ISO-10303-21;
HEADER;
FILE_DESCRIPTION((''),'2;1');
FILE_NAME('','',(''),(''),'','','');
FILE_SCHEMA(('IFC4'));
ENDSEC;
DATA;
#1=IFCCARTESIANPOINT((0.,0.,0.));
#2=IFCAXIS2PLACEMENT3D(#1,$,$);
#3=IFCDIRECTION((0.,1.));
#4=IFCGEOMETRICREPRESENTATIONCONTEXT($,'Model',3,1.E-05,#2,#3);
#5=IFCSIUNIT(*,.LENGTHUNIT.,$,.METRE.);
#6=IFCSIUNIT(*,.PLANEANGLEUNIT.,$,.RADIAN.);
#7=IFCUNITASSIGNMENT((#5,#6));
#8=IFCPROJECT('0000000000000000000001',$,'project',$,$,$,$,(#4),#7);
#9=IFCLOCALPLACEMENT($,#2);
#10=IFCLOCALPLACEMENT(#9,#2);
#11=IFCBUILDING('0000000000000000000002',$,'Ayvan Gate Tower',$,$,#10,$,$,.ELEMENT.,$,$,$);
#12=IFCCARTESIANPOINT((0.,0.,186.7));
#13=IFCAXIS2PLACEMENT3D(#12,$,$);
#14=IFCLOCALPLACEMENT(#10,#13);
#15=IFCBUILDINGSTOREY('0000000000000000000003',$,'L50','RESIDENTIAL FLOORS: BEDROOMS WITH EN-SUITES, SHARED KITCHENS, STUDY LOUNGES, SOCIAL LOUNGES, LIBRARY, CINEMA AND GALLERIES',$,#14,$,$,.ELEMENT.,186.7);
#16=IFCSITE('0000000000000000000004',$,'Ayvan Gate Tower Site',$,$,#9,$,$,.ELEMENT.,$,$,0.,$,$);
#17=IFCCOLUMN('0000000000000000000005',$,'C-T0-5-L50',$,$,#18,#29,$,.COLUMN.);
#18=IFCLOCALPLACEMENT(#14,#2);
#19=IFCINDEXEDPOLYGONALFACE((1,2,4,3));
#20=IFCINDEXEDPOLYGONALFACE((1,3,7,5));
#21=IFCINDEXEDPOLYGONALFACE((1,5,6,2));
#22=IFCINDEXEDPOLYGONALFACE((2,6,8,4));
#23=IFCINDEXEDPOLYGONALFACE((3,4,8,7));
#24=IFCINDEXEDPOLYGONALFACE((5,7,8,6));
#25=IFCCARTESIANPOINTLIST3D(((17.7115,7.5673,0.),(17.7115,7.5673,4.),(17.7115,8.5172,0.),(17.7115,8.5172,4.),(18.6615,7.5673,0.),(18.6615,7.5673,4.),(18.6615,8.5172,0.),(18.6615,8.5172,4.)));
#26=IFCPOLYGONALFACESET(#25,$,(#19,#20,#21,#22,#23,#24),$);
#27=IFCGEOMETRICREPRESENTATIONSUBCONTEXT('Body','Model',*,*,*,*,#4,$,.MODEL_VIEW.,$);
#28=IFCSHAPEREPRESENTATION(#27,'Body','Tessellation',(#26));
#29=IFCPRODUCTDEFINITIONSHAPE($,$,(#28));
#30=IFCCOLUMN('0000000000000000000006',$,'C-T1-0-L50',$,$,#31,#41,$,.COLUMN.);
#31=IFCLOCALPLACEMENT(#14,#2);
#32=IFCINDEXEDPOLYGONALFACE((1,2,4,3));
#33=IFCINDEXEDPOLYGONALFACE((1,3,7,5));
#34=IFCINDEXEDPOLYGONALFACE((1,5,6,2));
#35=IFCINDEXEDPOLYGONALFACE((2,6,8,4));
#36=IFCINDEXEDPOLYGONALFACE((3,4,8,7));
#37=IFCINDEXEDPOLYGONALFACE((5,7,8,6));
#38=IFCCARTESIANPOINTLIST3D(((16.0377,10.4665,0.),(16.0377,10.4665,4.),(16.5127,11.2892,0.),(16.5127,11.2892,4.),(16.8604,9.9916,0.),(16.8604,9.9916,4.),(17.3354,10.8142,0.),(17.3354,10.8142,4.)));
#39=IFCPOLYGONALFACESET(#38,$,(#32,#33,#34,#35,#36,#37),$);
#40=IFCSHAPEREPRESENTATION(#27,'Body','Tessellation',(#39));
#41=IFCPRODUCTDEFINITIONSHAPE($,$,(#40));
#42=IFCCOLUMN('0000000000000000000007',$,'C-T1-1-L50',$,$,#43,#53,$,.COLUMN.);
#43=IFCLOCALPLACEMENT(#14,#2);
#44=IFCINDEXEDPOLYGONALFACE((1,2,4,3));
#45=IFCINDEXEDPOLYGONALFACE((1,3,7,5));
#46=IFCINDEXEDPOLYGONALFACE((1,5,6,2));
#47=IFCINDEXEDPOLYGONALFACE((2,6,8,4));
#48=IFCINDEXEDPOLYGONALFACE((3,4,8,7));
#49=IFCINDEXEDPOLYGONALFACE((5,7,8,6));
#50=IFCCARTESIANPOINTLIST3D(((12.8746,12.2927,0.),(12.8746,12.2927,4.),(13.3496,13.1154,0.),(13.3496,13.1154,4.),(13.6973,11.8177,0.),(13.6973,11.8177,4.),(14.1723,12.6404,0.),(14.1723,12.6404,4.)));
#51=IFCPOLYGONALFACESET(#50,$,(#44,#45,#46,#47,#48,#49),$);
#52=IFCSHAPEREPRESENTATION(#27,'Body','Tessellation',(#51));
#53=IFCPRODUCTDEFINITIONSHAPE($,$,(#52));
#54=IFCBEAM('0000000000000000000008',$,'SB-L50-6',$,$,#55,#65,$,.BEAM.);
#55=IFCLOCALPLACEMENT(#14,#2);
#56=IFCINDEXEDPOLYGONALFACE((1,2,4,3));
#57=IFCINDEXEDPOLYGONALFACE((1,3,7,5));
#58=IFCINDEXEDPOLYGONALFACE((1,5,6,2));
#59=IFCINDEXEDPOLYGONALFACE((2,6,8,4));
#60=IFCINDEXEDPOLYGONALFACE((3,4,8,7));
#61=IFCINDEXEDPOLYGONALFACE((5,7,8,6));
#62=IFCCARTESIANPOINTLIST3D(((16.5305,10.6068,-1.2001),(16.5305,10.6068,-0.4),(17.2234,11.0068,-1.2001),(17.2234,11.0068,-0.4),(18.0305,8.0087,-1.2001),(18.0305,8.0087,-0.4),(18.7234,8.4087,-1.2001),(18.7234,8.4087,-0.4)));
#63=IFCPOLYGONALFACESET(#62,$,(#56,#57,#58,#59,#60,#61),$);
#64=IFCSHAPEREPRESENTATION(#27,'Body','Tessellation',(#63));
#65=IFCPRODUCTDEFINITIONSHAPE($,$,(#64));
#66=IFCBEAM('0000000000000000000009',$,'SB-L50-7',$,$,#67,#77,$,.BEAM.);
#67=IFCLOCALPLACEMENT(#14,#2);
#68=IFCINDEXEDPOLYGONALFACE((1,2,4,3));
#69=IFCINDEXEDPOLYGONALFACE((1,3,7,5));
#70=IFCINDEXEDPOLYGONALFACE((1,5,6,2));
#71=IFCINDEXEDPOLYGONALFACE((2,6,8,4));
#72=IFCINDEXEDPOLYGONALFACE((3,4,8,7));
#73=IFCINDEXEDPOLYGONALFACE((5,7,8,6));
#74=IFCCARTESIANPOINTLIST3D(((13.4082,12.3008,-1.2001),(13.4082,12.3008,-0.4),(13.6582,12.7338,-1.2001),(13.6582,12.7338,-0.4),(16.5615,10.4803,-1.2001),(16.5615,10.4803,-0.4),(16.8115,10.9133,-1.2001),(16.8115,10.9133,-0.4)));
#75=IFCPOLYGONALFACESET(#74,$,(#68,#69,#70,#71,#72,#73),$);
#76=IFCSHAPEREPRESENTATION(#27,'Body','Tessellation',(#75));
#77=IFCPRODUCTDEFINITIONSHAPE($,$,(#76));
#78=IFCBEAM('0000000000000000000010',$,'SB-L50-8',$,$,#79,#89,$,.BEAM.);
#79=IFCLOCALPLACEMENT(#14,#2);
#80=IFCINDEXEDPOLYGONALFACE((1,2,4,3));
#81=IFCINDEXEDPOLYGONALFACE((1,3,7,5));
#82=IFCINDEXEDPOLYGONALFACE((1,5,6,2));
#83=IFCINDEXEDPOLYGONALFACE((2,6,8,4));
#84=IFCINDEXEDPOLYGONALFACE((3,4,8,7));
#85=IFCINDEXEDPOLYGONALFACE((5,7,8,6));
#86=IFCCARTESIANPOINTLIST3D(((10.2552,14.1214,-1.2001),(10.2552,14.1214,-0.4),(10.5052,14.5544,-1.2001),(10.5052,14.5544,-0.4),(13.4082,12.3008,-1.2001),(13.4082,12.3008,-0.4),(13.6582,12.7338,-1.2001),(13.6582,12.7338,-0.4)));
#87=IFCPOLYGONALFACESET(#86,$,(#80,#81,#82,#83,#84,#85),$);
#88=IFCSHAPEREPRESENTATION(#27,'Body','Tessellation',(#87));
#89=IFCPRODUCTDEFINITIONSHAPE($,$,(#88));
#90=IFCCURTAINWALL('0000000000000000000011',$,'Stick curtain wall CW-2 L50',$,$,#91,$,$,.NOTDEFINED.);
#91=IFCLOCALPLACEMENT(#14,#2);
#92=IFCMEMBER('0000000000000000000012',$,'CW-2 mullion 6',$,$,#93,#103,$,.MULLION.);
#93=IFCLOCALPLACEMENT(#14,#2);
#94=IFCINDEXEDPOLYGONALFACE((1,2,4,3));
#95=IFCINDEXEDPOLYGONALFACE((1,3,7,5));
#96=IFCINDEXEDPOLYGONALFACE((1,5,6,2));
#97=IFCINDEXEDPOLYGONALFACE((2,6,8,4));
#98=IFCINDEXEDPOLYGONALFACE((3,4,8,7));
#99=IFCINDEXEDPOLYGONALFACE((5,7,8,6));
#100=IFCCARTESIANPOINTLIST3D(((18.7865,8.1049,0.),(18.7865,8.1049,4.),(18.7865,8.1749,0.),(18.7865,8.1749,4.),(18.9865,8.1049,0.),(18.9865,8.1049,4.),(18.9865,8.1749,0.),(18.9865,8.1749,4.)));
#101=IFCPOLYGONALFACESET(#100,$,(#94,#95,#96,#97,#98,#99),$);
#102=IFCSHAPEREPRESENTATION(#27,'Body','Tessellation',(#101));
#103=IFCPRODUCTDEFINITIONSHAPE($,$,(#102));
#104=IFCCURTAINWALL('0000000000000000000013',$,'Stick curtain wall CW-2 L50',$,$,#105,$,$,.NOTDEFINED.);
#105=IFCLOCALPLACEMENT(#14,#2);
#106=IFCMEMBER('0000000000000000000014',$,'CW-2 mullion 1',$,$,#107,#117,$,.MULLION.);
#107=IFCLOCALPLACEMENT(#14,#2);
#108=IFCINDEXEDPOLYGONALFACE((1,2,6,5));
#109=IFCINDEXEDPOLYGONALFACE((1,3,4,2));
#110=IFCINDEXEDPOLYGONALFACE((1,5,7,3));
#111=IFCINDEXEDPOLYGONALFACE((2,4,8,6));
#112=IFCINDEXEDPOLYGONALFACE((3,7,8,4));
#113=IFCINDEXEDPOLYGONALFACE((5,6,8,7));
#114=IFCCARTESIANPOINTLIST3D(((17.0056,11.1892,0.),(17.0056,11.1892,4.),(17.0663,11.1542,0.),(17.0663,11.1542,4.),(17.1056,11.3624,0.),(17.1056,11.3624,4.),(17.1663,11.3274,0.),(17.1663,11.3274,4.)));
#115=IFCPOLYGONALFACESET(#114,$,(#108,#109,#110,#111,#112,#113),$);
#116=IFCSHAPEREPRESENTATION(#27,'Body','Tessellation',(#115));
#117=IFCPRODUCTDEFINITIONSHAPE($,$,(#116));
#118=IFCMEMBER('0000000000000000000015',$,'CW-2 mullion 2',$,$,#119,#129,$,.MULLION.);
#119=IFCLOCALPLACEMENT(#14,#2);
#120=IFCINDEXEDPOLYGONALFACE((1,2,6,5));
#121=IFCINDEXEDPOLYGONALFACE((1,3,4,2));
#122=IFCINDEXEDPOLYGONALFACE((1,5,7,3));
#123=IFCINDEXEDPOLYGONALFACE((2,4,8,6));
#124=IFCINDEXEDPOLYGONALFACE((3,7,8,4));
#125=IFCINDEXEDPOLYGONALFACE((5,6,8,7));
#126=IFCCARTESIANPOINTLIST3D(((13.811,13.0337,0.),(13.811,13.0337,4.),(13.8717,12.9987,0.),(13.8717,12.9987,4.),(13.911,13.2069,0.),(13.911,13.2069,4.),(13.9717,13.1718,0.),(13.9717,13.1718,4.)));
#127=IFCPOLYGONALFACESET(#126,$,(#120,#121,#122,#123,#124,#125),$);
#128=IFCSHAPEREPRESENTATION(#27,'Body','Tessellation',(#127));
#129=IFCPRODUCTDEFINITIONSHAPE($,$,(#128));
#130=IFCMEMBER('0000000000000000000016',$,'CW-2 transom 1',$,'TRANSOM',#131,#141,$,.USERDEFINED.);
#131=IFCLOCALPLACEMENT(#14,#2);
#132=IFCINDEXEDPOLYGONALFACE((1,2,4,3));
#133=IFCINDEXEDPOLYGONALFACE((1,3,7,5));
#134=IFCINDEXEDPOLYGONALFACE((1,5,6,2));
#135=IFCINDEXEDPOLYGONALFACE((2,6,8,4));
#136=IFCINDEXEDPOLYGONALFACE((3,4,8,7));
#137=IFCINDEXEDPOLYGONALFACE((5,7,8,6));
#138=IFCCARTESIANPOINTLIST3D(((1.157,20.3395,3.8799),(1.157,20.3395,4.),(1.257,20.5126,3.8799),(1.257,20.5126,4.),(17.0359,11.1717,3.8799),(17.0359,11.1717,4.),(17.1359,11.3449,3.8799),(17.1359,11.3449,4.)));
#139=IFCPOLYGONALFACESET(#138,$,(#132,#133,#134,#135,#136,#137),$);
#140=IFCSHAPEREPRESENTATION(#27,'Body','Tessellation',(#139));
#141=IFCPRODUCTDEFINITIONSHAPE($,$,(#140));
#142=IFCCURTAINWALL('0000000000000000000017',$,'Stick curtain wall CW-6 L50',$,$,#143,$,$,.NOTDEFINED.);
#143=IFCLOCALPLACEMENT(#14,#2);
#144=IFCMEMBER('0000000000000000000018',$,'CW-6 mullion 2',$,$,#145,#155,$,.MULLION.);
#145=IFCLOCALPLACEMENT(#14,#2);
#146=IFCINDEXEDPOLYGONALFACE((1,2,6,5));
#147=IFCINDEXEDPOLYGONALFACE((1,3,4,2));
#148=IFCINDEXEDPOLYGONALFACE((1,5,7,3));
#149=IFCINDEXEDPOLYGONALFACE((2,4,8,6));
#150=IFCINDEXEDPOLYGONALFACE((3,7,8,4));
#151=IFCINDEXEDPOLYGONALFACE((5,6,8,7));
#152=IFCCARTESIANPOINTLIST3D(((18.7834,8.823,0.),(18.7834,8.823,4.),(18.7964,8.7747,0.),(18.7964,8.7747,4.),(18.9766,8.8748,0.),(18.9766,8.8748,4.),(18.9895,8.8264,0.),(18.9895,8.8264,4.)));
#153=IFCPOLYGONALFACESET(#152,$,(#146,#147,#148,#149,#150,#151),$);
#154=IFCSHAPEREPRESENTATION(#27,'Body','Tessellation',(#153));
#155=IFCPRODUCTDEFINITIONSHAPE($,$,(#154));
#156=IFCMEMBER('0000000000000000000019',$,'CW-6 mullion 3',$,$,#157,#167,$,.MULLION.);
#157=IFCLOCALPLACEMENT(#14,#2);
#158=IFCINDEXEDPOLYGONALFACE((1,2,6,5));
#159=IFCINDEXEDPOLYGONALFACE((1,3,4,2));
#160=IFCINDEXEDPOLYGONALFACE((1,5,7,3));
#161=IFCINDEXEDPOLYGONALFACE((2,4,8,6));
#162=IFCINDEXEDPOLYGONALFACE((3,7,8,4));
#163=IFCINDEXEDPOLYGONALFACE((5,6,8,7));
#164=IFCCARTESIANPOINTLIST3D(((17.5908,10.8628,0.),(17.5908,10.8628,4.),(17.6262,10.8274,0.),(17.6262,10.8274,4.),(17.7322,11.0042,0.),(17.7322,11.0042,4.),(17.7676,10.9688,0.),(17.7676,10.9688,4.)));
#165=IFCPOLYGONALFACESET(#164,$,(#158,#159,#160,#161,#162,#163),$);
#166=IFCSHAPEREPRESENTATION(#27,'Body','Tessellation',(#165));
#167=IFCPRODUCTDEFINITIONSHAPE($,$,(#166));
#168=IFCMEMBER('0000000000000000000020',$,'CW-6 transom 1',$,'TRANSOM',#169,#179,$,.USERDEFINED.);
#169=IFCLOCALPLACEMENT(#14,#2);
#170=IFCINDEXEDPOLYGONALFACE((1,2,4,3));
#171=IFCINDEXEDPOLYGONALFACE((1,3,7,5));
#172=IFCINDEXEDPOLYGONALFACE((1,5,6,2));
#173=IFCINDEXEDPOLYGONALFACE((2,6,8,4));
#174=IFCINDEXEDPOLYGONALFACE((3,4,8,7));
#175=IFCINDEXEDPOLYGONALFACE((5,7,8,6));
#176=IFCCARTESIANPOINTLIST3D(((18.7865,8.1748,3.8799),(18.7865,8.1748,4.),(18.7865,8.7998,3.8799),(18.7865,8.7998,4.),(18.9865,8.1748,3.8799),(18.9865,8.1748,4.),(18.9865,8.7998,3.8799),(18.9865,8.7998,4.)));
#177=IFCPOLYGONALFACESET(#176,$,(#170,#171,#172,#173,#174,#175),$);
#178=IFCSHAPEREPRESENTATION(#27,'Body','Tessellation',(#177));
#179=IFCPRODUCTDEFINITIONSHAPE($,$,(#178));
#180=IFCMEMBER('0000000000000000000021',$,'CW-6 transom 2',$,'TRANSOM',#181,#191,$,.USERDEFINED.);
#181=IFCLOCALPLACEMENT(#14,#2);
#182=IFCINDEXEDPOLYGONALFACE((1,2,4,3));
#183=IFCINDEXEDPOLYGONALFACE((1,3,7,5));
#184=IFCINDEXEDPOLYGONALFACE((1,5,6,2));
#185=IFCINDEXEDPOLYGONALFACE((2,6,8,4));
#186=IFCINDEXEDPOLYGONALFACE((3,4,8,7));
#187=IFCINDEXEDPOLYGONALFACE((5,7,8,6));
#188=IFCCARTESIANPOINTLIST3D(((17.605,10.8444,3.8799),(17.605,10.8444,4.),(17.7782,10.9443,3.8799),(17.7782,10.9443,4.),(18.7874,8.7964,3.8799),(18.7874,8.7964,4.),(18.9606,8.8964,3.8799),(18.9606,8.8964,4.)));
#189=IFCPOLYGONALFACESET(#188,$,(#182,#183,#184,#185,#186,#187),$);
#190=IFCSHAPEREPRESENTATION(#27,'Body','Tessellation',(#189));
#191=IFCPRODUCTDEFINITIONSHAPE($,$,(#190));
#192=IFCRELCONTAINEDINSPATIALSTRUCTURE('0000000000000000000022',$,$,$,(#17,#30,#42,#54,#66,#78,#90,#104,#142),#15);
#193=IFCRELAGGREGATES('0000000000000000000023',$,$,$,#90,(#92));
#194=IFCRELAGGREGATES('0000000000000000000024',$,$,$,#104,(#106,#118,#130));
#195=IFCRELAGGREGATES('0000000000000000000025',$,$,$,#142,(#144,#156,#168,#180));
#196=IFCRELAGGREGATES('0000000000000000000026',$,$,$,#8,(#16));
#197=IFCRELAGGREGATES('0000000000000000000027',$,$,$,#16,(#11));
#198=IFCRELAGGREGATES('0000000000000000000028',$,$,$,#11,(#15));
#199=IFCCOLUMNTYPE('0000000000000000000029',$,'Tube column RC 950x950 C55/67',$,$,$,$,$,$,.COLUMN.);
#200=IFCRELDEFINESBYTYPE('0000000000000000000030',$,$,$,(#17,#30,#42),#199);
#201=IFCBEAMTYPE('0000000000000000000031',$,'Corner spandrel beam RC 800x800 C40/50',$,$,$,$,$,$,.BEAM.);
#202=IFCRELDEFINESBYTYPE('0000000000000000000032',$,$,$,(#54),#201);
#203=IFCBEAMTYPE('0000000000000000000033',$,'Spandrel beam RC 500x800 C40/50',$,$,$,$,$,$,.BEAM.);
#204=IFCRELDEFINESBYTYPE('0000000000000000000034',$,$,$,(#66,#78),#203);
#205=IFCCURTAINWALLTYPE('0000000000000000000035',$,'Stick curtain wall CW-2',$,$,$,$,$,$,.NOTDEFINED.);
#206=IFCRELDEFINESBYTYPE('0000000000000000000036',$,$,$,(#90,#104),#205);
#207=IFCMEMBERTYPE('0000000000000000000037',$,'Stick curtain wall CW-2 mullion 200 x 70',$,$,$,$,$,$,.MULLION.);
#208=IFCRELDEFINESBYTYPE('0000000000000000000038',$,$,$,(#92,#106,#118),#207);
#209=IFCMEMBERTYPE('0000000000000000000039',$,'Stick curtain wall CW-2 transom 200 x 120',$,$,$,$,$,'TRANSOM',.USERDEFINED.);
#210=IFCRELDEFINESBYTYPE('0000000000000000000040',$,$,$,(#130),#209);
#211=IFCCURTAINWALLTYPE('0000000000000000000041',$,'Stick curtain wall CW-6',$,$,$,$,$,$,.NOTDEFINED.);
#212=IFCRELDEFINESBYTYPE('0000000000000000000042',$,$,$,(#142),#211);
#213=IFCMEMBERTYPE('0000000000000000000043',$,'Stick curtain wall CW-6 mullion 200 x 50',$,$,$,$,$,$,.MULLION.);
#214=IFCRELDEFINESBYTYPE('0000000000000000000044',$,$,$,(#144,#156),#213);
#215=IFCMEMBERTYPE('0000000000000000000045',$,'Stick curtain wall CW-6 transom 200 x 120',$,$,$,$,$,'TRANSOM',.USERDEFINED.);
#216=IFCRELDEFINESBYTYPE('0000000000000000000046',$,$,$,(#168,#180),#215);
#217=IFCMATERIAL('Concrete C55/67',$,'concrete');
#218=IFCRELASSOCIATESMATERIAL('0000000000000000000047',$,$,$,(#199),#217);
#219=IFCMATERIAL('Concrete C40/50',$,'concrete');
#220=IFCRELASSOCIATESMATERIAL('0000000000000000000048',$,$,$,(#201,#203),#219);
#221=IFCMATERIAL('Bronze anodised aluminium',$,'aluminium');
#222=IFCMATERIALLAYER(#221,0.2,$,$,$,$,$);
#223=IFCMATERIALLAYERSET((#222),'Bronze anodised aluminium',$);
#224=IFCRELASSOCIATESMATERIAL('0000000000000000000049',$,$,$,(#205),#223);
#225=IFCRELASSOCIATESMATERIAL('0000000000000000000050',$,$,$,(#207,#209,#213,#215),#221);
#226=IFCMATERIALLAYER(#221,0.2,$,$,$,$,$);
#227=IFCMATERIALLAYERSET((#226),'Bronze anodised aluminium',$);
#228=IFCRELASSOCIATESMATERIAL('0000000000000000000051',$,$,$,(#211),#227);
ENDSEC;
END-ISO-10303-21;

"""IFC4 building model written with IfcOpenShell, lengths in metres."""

from ifc_helpers import new_model, si_unit, direction, frame, origin, origin_2d, place, context, subcontext, project, spatial, rectangle, extrude, material, layer, layer_set, material_profile, profile_set, type_object, element, aggregate, save


model = new_model("IFC4")

# Units and contexts
model_context = context("Model", 3, precision=1e-05, world=origin(), true_north=direction((0.0, 1.0)))
body_context = subcontext(model_context, "Body", "Model", "MODEL_VIEW")
ifc_project = project(units=[si_unit("LENGTHUNIT", "METRE"), si_unit("PLANEANGLEUNIT", "RADIAN")], contexts=[model_context])

# Site, building, storey
site_placement = place(None, origin())
site = spatial("IfcSite", under=ifc_project, at=site_placement, Name="Ayvan Gate Tower Site", CompositionType="ELEMENT", RefElevation=0.0)
building_placement = place(site_placement, origin())
building = spatial("IfcBuilding", under=site, at=building_placement, Name="Ayvan Gate Tower", CompositionType="ELEMENT")
storey_placement = place(building_placement, frame((0.0, 0.0, 186.7)))
storey = spatial("IfcBuildingStorey", under=building, at=storey_placement, Name="L50", Description="RESIDENTIAL FLOORS: BEDROOMS WITH EN-SUITES, SHARED KITCHENS, STUDY LOUNGES, SOCIAL LOUNGES, LIBRARY, CINEMA AND GALLERIES", CompositionType="ELEMENT", Elevation=186.7)

# Columns
ifc_material_1 = material(Name="Concrete C55/67", Category="concrete")
ifc_material_profile_1 = material_profile(ifc_material_1, rectangle(XDim=0.95, YDim=0.95, at=origin_2d()), Name="RC 950x950")
ifc_profile_set_1 = profile_set([ifc_material_profile_1], Name="Concrete C55/67")
column_type = type_object("IfcColumnType", Name="Tube column RC 950x950 C55/67", PredefinedType="COLUMN", material=ifc_profile_set_1)
for number, where, z_axis, x_axis, name in (
    (1, (18.1865, 8.0422, 0.0), (0.0, 0.0, 1.0), (1.0, 0.0, 0.0), "C-T0-5-L50"),
    (2, (16.6865, 10.6404, 0.0), (0.0, 0.0, 1.0), (0.5, 0.866025, 0.0), "C-T1-0-L50"),
    (3, (13.5234, 12.4666, 0.0), (0.0, 0.0, 1.0), (0.5, 0.866025, 0.0), "C-T1-1-L50"),
):
    element("IfcColumn", number, at=place(storey_placement, frame(where, z_axis=z_axis, x_axis=x_axis)), inside=storey, type_object=column_type, Name=name, PredefinedType="COLUMN", context=body_context, shape_type="SweptSolid", body=[
        extrude(rectangle(XDim=0.95, YDim=0.95, at=origin_2d()), origin(), (0.0, 0.0, 1.0), 4.0),
    ])

# Beams
ifc_material_2 = material(Name="Concrete C40/50", Category="concrete")
ifc_material_profile_2 = material_profile(ifc_material_2, rectangle(XDim=0.8, YDim=0.8, at=origin_2d()), Name="RC 800x800")
ifc_profile_set_2 = profile_set([ifc_material_profile_2], Name="Concrete C40/50")
beam_type_1 = type_object("IfcBeamType", Name="Corner spandrel beam RC 800x800 C40/50", PredefinedType="BEAM", material=ifc_profile_set_2)
beam_1_placement = place(storey_placement, frame((18.377, 8.2087, -0.8), z_axis=(-0.49999, 0.866031, 0.0), x_axis=(-0.866031, -0.49999, 0.0)))
element("IfcBeam", 4, at=beam_1_placement, inside=storey, type_object=beam_type_1, Name="SB-L50-6", PredefinedType="BEAM", context=body_context, shape_type="SweptSolid", body=[
    extrude(rectangle(XDim=0.8, YDim=0.8, at=origin_2d()), origin(), (0.0, 0.0, 1.0), 3.0),
])
ifc_material_profile_3 = material_profile(ifc_material_2, rectangle(XDim=0.5, YDim=0.8, at=origin_2d()), Name="RC 500x800")
ifc_profile_set_3 = profile_set([ifc_material_profile_3], Name="Concrete C40/50")
beam_type_2 = type_object("IfcBeamType", Name="Spandrel beam RC 500x800 C40/50", PredefinedType="BEAM", material=ifc_profile_set_3)
beam_2_placement = place(storey_placement, frame((16.6865, 10.6968, -0.8), z_axis=(-0.866027, 0.499997, 0.0), x_axis=(-0.499997, -0.866027, 0.0)))
element("IfcBeam", 5, at=beam_2_placement, inside=storey, type_object=beam_type_2, Name="SB-L50-7", PredefinedType="BEAM", context=body_context, shape_type="SweptSolid", body=[
    extrude(rectangle(XDim=0.5, YDim=0.8, at=origin_2d()), origin(), (0.0, 0.0, 1.0), 3.6411),
])
beam_3_placement = place(storey_placement, frame((13.5332, 12.5173, -0.8), z_axis=(-0.86601, 0.500026, 0.0), x_axis=(-0.500026, -0.86601, 0.0)))
element("IfcBeam", 6, at=beam_3_placement, inside=storey, type_object=beam_type_2, Name="SB-L50-8", PredefinedType="BEAM", context=body_context, shape_type="SweptSolid", body=[
    extrude(rectangle(XDim=0.5, YDim=0.8, at=origin_2d()), origin(), (0.0, 0.0, 1.0), 3.6409),
])

# Curtain wall, member
ifc_material_3 = material(Name="Bronze anodised aluminium", Category="aluminium")
ifc_layer_1 = layer(ifc_material_3, 0.2)
ifc_layer_set_1 = layer_set([ifc_layer_1], Name="Bronze anodised aluminium")
curtain_wall_type_1 = type_object("IfcCurtainWallType", Name="Stick curtain wall CW-2", PredefinedType="NOTDEFINED", material=ifc_layer_set_1)
curtain_wall_1_placement = place(storey_placement, origin())
curtain_wall_1 = element("IfcCurtainWall", 7, at=curtain_wall_1_placement, inside=storey, type_object=curtain_wall_type_1, Name="Stick curtain wall CW-2 L50", PredefinedType="NOTDEFINED")
ifc_material_profile_4 = material_profile(ifc_material_3, rectangle(XDim=0.2, YDim=0.0701, at=origin_2d()), Name="Stick curtain wall CW-2 mullion 200 x 70")
ifc_profile_set_4 = profile_set([ifc_material_profile_4], Name="Bronze anodised aluminium")
member_type_1 = type_object("IfcMemberType", Name="Stick curtain wall CW-2 mullion 200 x 70", PredefinedType="MULLION", material=ifc_profile_set_4)
member_1_placement = place(storey_placement, frame((18.8865, 8.1399, 0.0), z_axis=(0.0, 0.0, 1.0), x_axis=(1.0, 0.0, 0.0)))
member_1 = element("IfcMember", 8, at=member_1_placement, type_object=member_type_1, Name="CW-2 mullion 6", PredefinedType="MULLION", context=body_context, shape_type="SweptSolid", body=[
    extrude(rectangle(XDim=0.2, YDim=0.0701, at=origin_2d()), origin(), (0.0, 0.0, 1.0), 4.0),
])

# Curtain walls, members
curtain_wall_2_placement = place(storey_placement, origin())
curtain_wall_2 = element("IfcCurtainWall", 9, at=curtain_wall_2_placement, inside=storey, type_object=curtain_wall_type_1, Name="Stick curtain wall CW-2 L50", PredefinedType="NOTDEFINED")
member_2_placement = place(storey_placement, frame((17.0859, 11.2583, 0.0), z_axis=(0.0, 0.0, 1.0), x_axis=(0.5, 0.866025, 0.0)))
member_2 = element("IfcMember", 10, at=member_2_placement, type_object=member_type_1, Name="CW-2 mullion 1", PredefinedType="MULLION", context=body_context, shape_type="SweptSolid", body=[
    extrude(rectangle(XDim=0.2, YDim=0.0701, at=origin_2d()), origin(), (0.0, 0.0, 1.0), 4.0),
])
member_3_placement = place(storey_placement, frame((13.8914, 13.1028, 0.0), z_axis=(0.0, 0.0, 1.0), x_axis=(0.5, 0.866025, 0.0)))
member_3 = element("IfcMember", 11, at=member_3_placement, type_object=member_type_1, Name="CW-2 mullion 2", PredefinedType="MULLION", context=body_context, shape_type="SweptSolid", body=[
    extrude(rectangle(XDim=0.2, YDim=0.0701, at=origin_2d()), origin(), (0.0, 0.0, 1.0), 4.0),
])
ifc_material_profile_5 = material_profile(ifc_material_3, rectangle(XDim=0.2, YDim=0.1201, at=origin_2d()), Name="Stick curtain wall CW-2 transom 200 x 120")
ifc_profile_set_5 = profile_set([ifc_material_profile_5], Name="Bronze anodised aluminium")
member_type_2 = type_object("IfcMemberType", Name="Stick curtain wall CW-2 transom 200 x 120", ElementType="TRANSOM", PredefinedType="USERDEFINED", material=ifc_profile_set_5)
member_4_placement = place(storey_placement, frame((17.0859, 11.2583, 3.9399), z_axis=(-0.866025, 0.500001, 0.0), x_axis=(-0.500001, -0.866025, 0.0)))
member_4 = element("IfcMember", 12, at=member_4_placement, type_object=member_type_2, Name="CW-2 transom 1", ObjectType="TRANSOM", PredefinedType="USERDEFINED", context=body_context, shape_type="SweptSolid", body=[
    extrude(rectangle(XDim=0.2, YDim=0.1201, at=origin_2d()), origin(), (0.0, 0.0, 1.0), 18.3354),
])
ifc_layer_2 = layer(ifc_material_3, 0.2)
ifc_layer_set_2 = layer_set([ifc_layer_2], Name="Bronze anodised aluminium")
curtain_wall_type_2 = type_object("IfcCurtainWallType", Name="Stick curtain wall CW-6", PredefinedType="NOTDEFINED", material=ifc_layer_set_2)
curtain_wall_3_placement = place(storey_placement, origin())
curtain_wall_3 = element("IfcCurtainWall", 13, at=curtain_wall_3_placement, inside=storey, type_object=curtain_wall_type_2, Name="Stick curtain wall CW-6 L50", PredefinedType="NOTDEFINED")
ifc_material_profile_6 = material_profile(ifc_material_3, rectangle(XDim=0.2, YDim=0.05, at=origin_2d()), Name="Stick curtain wall CW-6 mullion 200 x 50")
ifc_profile_set_6 = profile_set([ifc_material_profile_6], Name="Bronze anodised aluminium")
member_type_3 = type_object("IfcMemberType", Name="Stick curtain wall CW-6 mullion 200 x 50", PredefinedType="MULLION", material=ifc_profile_set_6)
member_5_placement = place(storey_placement, frame((18.8865, 8.8247, 0.0), z_axis=(0.0, 0.0, 1.0), x_axis=(0.965926, 0.258819, 0.0)))
member_5 = element("IfcMember", 14, at=member_5_placement, type_object=member_type_3, Name="CW-6 mullion 2", PredefinedType="MULLION", context=body_context, shape_type="SweptSolid", body=[
    extrude(rectangle(XDim=0.2, YDim=0.05, at=origin_2d()), origin(), (0.0, 0.0, 1.0), 4.0),
])
member_6_placement = place(storey_placement, frame((17.6792, 10.9158, 0.0), z_axis=(0.0, 0.0, 1.0), x_axis=(0.707107, 0.707107, 0.0)))
member_6 = element("IfcMember", 15, at=member_6_placement, type_object=member_type_3, Name="CW-6 mullion 3", PredefinedType="MULLION", context=body_context, shape_type="SweptSolid", body=[
    extrude(rectangle(XDim=0.2, YDim=0.05, at=origin_2d()), origin(), (0.0, 0.0, 1.0), 4.0),
])
ifc_material_profile_7 = material_profile(ifc_material_3, rectangle(XDim=0.2, YDim=0.1201, at=origin_2d()), Name="Stick curtain wall CW-6 transom 200 x 120")
ifc_profile_set_7 = profile_set([ifc_material_profile_7], Name="Bronze anodised aluminium")
member_type_4 = type_object("IfcMemberType", Name="Stick curtain wall CW-6 transom 200 x 120", ElementType="TRANSOM", PredefinedType="USERDEFINED", material=ifc_profile_set_7)
member_7_placement = place(storey_placement, frame((18.8865, 8.1748, 3.9399), z_axis=(0.0, 1.0, 0.0), x_axis=(-1.0, 0.0, 0.0)))
member_7 = element("IfcMember", 16, at=member_7_placement, type_object=member_type_4, Name="CW-6 transom 1", ObjectType="TRANSOM", PredefinedType="USERDEFINED", context=body_context, shape_type="SweptSolid", body=[
    extrude(rectangle(XDim=0.2, YDim=0.1201, at=origin_2d()), origin(), (0.0, 0.0, 1.0), 0.625),
])
member_8_placement = place(storey_placement, frame((18.874, 8.8464, 3.9399), z_axis=(-0.500014, 0.866017, 0.0), x_axis=(-0.866017, -0.500014, 0.0)))
member_8 = element("IfcMember", 17, at=member_8_placement, type_object=member_type_4, Name="CW-6 transom 2", ObjectType="TRANSOM", PredefinedType="USERDEFINED", context=body_context, shape_type="SweptSolid", body=[
    extrude(rectangle(XDim=0.2, YDim=0.1201, at=origin_2d()), origin(), (0.0, 0.0, 1.0), 2.3647),
])

aggregate(curtain_wall_1, [member_1])
aggregate(curtain_wall_2, [member_2, member_3, member_4])
aggregate(curtain_wall_3, [member_5, member_6, member_7, member_8])

save(model, "model.ifc")
